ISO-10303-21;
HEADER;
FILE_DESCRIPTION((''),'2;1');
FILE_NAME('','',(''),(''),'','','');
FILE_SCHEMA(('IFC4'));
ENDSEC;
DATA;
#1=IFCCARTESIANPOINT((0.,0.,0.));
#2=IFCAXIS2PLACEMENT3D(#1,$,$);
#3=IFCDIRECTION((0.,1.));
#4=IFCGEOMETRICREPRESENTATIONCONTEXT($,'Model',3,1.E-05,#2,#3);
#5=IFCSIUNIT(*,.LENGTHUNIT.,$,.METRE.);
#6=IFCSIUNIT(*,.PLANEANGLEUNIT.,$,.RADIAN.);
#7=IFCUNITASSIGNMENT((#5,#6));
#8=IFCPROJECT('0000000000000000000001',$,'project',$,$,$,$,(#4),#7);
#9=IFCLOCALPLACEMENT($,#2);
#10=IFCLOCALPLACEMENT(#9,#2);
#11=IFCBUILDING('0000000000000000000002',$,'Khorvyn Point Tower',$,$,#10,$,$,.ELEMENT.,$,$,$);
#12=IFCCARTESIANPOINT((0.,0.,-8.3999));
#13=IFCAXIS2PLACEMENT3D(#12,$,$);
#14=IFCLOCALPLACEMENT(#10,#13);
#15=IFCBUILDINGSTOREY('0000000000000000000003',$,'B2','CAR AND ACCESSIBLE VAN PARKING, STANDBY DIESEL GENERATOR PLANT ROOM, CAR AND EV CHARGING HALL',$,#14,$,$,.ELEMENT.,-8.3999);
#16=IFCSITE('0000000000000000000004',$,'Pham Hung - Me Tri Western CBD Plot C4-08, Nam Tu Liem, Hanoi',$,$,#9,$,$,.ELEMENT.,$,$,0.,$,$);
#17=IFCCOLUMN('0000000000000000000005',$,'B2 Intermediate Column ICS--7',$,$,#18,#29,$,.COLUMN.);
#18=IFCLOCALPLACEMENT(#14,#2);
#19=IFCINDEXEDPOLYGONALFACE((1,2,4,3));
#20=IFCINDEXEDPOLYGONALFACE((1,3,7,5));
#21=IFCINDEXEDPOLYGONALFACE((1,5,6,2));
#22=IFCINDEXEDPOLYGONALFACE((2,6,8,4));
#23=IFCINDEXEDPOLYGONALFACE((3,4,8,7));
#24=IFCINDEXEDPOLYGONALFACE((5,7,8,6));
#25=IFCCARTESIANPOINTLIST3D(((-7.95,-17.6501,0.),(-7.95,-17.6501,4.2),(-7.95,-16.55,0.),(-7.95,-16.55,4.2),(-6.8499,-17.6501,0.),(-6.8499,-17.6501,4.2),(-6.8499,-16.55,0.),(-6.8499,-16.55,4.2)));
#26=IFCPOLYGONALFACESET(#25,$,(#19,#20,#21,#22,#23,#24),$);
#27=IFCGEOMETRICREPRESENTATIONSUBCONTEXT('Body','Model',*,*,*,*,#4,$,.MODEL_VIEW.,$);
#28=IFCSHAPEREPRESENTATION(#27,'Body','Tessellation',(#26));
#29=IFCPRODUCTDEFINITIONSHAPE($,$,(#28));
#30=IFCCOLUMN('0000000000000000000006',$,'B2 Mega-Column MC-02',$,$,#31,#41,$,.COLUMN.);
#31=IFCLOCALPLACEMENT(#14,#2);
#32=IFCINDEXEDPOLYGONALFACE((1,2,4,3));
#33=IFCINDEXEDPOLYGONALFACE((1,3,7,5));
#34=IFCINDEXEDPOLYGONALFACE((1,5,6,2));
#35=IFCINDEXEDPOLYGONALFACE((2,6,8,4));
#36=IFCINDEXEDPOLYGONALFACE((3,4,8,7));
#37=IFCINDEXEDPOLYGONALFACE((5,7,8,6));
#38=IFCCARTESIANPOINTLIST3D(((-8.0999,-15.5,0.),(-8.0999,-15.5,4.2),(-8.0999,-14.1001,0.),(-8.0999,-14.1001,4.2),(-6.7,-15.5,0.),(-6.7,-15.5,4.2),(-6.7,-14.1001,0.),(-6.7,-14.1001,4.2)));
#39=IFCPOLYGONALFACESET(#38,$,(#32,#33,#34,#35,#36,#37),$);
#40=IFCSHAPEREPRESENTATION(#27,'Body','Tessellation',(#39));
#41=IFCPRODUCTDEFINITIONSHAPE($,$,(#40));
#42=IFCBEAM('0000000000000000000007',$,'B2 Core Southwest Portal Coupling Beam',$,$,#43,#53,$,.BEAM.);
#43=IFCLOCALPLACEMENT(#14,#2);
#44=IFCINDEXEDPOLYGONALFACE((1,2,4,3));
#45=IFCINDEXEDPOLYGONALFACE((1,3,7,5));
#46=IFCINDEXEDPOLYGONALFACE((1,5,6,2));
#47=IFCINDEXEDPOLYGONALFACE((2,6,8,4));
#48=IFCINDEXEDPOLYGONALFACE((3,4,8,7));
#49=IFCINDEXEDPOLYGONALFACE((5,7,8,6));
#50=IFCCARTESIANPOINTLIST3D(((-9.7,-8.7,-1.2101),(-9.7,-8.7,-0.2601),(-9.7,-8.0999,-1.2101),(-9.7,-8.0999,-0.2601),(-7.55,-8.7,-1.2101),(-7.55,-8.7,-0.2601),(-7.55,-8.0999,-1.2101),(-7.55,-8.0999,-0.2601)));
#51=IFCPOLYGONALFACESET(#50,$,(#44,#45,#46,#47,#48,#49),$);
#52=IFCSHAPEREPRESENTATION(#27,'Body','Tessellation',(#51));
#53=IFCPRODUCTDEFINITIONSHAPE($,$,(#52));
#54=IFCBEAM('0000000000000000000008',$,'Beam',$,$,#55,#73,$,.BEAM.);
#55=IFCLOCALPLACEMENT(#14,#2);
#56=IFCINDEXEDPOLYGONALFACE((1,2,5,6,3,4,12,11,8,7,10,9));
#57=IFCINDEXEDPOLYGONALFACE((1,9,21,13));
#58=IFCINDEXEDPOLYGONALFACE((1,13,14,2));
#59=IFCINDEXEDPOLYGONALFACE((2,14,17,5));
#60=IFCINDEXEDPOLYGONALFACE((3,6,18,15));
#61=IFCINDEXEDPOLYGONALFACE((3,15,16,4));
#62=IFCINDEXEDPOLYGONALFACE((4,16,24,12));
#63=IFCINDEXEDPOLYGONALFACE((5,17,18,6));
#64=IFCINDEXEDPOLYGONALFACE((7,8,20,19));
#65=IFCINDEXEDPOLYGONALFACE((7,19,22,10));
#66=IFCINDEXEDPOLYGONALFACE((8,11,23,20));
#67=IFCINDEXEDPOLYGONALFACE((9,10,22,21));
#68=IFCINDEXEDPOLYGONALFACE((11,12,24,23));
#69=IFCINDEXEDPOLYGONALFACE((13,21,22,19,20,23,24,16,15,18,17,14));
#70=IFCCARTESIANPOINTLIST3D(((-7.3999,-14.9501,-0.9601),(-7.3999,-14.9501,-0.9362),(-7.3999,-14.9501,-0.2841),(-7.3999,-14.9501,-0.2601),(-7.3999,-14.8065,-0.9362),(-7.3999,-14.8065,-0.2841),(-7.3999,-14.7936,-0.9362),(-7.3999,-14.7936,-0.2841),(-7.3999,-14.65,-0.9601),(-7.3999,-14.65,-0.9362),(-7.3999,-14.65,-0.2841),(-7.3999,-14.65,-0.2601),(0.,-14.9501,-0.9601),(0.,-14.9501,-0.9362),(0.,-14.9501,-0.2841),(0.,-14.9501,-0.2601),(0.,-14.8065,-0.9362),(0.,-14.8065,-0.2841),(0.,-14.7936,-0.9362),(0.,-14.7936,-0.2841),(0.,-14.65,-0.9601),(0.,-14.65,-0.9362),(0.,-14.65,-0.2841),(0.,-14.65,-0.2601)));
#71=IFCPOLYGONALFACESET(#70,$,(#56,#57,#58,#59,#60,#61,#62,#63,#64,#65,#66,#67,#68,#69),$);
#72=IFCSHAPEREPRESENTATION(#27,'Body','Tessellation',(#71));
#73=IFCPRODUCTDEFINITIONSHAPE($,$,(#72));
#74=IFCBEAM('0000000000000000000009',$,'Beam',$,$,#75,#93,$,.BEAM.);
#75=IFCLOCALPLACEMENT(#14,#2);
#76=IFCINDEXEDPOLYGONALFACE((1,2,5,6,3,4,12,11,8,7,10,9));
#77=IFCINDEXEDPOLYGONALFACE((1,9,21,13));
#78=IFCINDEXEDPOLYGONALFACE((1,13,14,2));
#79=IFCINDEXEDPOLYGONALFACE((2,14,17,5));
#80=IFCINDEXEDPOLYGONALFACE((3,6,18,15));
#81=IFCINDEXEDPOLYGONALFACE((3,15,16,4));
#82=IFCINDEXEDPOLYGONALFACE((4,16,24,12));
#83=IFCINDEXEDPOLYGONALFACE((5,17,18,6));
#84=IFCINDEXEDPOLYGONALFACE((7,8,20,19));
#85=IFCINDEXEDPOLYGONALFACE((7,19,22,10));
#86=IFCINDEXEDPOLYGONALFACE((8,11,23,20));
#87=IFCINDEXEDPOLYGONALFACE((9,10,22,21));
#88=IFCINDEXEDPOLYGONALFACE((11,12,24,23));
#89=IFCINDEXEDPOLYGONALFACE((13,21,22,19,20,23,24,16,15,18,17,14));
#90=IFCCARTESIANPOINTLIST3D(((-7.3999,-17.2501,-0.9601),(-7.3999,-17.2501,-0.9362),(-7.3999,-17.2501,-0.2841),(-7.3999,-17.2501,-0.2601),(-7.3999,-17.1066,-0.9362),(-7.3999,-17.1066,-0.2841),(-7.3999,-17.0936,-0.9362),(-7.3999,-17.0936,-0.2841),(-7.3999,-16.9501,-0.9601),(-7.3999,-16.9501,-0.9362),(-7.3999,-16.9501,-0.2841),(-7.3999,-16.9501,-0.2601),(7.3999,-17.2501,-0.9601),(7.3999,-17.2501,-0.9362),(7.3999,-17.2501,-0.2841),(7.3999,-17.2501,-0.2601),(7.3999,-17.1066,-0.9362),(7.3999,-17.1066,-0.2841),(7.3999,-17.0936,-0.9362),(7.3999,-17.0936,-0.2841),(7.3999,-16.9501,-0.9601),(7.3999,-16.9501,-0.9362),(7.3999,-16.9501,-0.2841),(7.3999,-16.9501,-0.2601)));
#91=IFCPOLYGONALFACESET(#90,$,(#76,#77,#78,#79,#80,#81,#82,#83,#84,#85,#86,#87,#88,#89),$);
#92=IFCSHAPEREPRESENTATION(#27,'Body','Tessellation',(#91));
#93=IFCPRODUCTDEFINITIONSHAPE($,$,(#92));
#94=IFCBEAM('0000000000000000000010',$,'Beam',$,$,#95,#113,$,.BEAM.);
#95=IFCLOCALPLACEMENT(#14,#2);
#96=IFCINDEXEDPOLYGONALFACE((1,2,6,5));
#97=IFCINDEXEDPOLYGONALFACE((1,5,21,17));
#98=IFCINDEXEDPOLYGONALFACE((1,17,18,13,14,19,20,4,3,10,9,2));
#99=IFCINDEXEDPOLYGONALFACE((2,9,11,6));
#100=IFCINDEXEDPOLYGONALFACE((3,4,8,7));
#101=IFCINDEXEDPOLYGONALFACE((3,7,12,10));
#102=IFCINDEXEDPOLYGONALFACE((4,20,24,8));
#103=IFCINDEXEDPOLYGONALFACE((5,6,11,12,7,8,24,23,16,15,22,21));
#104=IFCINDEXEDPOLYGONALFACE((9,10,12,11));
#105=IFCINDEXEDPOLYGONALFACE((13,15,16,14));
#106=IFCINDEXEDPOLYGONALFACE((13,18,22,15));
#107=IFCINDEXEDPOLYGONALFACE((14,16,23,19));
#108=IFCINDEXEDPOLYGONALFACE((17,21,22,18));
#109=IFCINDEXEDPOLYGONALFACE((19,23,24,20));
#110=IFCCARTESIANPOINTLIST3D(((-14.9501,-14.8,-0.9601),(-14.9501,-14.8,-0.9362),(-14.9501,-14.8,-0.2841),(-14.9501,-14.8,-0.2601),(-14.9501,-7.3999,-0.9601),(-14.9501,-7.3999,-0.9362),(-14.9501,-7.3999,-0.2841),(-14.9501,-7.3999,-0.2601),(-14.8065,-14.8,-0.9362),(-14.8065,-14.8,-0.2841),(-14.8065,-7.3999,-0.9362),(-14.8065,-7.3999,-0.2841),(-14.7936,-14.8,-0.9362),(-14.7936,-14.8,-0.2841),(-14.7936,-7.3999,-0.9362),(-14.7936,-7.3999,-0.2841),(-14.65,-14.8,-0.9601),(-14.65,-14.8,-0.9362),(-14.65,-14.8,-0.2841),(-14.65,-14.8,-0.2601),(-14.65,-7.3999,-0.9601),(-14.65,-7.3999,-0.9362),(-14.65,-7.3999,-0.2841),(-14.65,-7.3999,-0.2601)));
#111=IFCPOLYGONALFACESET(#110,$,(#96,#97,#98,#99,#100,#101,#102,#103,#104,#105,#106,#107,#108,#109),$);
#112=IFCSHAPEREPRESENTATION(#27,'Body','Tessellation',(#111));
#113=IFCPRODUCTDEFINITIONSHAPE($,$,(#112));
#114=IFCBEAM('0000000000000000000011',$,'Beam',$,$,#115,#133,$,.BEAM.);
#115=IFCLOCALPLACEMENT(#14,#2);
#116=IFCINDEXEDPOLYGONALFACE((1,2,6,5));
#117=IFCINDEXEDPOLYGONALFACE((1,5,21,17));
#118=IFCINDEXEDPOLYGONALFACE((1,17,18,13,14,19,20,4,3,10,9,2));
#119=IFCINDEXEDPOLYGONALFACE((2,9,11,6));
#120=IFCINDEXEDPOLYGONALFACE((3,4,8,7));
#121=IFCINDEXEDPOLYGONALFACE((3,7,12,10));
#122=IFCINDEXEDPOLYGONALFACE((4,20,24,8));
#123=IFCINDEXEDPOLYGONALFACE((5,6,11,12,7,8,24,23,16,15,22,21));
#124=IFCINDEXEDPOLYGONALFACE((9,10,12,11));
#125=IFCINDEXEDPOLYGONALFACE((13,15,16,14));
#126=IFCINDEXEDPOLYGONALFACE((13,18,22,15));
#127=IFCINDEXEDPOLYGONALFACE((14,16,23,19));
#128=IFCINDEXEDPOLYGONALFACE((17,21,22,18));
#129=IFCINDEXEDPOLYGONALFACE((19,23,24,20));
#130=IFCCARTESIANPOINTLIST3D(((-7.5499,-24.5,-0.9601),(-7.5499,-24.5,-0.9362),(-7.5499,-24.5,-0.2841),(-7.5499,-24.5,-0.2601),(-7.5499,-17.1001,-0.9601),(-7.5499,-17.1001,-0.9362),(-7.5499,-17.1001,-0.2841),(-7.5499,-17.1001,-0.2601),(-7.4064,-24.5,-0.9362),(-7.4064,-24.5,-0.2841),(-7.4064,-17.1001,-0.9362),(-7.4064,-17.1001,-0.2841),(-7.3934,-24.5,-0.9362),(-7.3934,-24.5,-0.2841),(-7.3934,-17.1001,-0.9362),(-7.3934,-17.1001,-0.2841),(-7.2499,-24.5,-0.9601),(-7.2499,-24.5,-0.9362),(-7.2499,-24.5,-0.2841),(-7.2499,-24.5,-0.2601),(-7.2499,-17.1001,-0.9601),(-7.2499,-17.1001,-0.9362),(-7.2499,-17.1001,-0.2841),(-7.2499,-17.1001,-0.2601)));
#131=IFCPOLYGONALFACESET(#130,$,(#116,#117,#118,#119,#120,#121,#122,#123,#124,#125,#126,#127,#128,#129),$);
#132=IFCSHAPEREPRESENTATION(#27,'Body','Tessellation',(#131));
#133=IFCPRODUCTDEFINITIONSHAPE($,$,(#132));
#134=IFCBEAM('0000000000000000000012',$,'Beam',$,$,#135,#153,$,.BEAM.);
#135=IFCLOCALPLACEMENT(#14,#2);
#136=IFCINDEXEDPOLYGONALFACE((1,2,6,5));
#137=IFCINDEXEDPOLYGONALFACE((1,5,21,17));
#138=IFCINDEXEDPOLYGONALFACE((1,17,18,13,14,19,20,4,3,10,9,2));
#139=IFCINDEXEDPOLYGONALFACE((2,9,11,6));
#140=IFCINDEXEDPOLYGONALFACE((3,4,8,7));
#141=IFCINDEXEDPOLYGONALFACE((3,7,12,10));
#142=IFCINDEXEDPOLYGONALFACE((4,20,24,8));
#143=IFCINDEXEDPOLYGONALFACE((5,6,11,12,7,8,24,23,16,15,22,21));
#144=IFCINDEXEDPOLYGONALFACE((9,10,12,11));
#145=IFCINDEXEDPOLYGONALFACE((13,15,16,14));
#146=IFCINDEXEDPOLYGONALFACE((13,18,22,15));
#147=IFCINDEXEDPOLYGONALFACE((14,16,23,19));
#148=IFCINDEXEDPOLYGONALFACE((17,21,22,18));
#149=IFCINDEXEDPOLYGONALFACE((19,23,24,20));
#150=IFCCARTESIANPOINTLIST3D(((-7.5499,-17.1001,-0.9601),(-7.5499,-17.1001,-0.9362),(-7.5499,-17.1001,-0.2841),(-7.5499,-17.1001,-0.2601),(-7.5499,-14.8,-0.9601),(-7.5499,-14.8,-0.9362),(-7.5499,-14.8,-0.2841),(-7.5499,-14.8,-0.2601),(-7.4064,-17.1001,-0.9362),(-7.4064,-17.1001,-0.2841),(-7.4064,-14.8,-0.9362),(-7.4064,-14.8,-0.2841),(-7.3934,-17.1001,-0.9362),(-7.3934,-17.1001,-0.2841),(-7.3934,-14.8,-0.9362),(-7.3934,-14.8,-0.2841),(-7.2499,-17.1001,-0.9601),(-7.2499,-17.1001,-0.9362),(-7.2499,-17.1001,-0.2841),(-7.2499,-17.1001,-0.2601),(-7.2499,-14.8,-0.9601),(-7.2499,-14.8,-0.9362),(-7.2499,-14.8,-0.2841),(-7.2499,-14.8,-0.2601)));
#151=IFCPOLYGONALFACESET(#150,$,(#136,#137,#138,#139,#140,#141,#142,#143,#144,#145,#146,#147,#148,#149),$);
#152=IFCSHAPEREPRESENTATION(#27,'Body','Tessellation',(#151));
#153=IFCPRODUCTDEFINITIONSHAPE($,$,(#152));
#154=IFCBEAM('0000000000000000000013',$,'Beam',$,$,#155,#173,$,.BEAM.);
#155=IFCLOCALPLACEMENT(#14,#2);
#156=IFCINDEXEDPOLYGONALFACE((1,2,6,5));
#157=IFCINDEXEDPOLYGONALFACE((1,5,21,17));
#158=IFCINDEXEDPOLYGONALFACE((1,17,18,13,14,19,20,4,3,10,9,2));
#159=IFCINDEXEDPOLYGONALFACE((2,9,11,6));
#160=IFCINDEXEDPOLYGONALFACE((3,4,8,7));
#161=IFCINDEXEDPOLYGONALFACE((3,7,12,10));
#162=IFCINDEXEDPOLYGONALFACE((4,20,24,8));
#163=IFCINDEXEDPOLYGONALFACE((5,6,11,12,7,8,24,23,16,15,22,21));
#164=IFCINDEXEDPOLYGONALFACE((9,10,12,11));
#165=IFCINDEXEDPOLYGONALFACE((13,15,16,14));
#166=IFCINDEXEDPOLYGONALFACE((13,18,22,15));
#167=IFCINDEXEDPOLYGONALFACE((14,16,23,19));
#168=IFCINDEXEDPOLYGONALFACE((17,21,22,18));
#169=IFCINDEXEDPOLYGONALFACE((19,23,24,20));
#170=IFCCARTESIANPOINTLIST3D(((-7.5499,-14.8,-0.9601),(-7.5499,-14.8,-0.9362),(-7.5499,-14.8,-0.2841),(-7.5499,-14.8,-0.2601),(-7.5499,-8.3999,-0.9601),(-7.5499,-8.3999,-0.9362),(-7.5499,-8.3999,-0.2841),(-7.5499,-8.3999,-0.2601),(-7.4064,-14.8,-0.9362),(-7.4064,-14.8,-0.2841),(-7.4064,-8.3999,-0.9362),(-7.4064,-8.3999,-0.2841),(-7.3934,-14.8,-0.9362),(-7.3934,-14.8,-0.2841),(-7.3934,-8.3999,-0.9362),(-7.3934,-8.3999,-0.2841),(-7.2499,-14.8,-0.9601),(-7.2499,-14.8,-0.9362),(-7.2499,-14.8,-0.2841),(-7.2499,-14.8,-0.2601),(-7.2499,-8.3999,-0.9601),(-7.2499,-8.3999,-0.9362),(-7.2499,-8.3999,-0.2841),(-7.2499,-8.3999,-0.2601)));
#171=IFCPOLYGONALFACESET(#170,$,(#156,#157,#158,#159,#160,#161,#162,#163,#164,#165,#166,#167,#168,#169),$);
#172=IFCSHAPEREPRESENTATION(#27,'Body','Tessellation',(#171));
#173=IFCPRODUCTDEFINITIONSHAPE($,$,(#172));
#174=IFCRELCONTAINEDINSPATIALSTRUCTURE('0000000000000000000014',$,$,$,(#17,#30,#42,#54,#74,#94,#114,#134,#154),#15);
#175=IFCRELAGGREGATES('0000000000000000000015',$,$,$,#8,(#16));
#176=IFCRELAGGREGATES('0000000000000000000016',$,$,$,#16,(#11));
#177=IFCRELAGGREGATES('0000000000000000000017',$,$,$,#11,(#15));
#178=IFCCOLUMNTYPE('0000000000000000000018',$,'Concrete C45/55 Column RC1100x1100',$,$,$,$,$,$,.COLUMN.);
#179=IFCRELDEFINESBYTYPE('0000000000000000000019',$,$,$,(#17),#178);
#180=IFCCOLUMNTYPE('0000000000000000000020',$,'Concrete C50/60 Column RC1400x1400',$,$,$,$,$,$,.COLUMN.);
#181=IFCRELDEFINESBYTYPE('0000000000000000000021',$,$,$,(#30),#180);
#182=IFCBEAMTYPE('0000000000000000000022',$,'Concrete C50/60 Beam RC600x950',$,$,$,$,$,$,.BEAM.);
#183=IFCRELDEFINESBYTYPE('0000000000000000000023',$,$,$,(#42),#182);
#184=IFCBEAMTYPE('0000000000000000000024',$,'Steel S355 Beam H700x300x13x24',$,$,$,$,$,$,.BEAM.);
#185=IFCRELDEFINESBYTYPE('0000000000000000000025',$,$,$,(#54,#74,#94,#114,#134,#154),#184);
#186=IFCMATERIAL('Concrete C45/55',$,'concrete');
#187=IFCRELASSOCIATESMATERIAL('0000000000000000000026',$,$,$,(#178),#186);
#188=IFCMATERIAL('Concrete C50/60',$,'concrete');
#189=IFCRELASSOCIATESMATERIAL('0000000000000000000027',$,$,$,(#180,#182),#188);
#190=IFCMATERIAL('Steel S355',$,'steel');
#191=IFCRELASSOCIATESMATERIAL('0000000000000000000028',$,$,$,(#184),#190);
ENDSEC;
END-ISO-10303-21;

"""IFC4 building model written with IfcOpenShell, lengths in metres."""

from ifc_helpers import new_model, si_unit, direction, frame, origin, origin_2d, place, context, subcontext, project, spatial, rectangle, i_section, extrude, material, material_profile, profile_set, type_object, element, save


model = new_model("IFC4")

# Units and contexts
model_context = context("Model", 3, precision=1e-05, world=origin(), true_north=direction((0.0, 1.0)))
body_context = subcontext(model_context, "Body", "Model", "MODEL_VIEW")
ifc_project = project(units=[si_unit("LENGTHUNIT", "METRE"), si_unit("PLANEANGLEUNIT", "RADIAN")], contexts=[model_context])

# Site, building, storey
site_placement = place(None, origin())
site = spatial("IfcSite", under=ifc_project, at=site_placement, Name="Pham Hung - Me Tri Western CBD Plot C4-08, Nam Tu Liem, Hanoi", CompositionType="ELEMENT", RefElevation=0.0)
building_placement = place(site_placement, origin())
building = spatial("IfcBuilding", under=site, at=building_placement, Name="Khorvyn Point Tower", CompositionType="ELEMENT")
storey_placement = place(building_placement, frame((0.0, 0.0, -8.3999)))
storey = spatial("IfcBuildingStorey", under=building, at=storey_placement, Name="B2", Description="CAR AND ACCESSIBLE VAN PARKING, STANDBY DIESEL GENERATOR PLANT ROOM, CAR AND EV CHARGING HALL", CompositionType="ELEMENT", Elevation=-8.3999)

# Columns
ifc_material_1 = material(Name="Concrete C45/55", Category="concrete")
ifc_material_profile_1 = material_profile(ifc_material_1, rectangle(XDim=1.1001, YDim=1.1001, at=origin_2d()))
ifc_profile_set_1 = profile_set([ifc_material_profile_1], Name="Concrete C45/55 RC1100x1100")
column_type_1 = type_object("IfcColumnType", Name="Concrete C45/55 Column RC1100x1100", PredefinedType="COLUMN", material=ifc_profile_set_1)
column_1_placement = place(storey_placement, frame((-7.3999, -17.1001, 0.0), z_axis=(0.0, 0.0, 1.0), x_axis=(1.0, 0.0, 0.0)))
element("IfcColumn", 1, at=column_1_placement, inside=storey, type_object=column_type_1, Name="B2 Intermediate Column ICS--7", PredefinedType="COLUMN", context=body_context, shape_type="SweptSolid", body=[
    extrude(rectangle(XDim=1.1001, YDim=1.1001, at=origin_2d()), origin(), (0.0, 0.0, 1.0), 4.2),
])
ifc_material_2 = material(Name="Concrete C50/60", Category="concrete")
ifc_material_profile_2 = material_profile(ifc_material_2, rectangle(XDim=1.3999, YDim=1.3999, at=origin_2d()))
ifc_profile_set_2 = profile_set([ifc_material_profile_2], Name="Concrete C50/60 RC1400x1400")
column_type_2 = type_object("IfcColumnType", Name="Concrete C50/60 Column RC1400x1400", PredefinedType="COLUMN", material=ifc_profile_set_2)
column_2_placement = place(storey_placement, frame((-7.3999, -14.8, 0.0), z_axis=(0.0, 0.0, 1.0), x_axis=(1.0, 0.0, 0.0)))
element("IfcColumn", 2, at=column_2_placement, inside=storey, type_object=column_type_2, Name="B2 Mega-Column MC-02", PredefinedType="COLUMN", context=body_context, shape_type="SweptSolid", body=[
    extrude(rectangle(XDim=1.3999, YDim=1.3999, at=origin_2d()), origin(), (0.0, 0.0, 1.0), 4.2),
])

# Beams
ifc_material_profile_3 = material_profile(ifc_material_2, rectangle(XDim=0.6001, YDim=0.95, at=origin_2d()))
ifc_profile_set_3 = profile_set([ifc_material_profile_3], Name="Concrete C50/60 RC600x950")
beam_type_1 = type_object("IfcBeamType", Name="Concrete C50/60 Beam RC600x950", PredefinedType="BEAM", material=ifc_profile_set_3)
beam_1_placement = place(storey_placement, frame((-9.7, -8.3999, -0.7351), z_axis=(1.0, 0.0, 0.0), x_axis=(0.0, 1.0, 0.0)))
element("IfcBeam", 3, at=beam_1_placement, inside=storey, type_object=beam_type_1, Name="B2 Core Southwest Portal Coupling Beam", PredefinedType="BEAM", context=body_context, shape_type="SweptSolid", body=[
    extrude(rectangle(XDim=0.6001, YDim=0.95, at=origin_2d()), origin(), (0.0, 0.0, 1.0), 2.1499),
])
ifc_material_3 = material(Name="Steel S355", Category="steel")
ifc_material_profile_4 = material_profile(ifc_material_3, i_section(OverallWidth=0.3, OverallDepth=0.7, WebThickness=0.0129, FlangeThickness=0.0239, at=origin_2d()))
ifc_profile_set_4 = profile_set([ifc_material_profile_4], Name="Steel S355 H700x300x13x24")
beam_type_2 = type_object("IfcBeamType", Name="Steel S355 Beam H700x300x13x24", PredefinedType="BEAM", material=ifc_profile_set_4)
beam_2_placement = place(storey_placement, frame((-7.3999, -14.8, -0.6101), z_axis=(1.0, 0.0, 0.0), x_axis=(0.0, 1.0, 0.0)))
element("IfcBeam", 4, at=beam_2_placement, inside=storey, type_object=beam_type_2, Name="Beam", PredefinedType="BEAM", context=body_context, shape_type="SweptSolid", body=[
    extrude(i_section(OverallWidth=0.3, OverallDepth=0.7, WebThickness=0.0129, FlangeThickness=0.0239, at=origin_2d()), origin(), (0.0, 0.0, 1.0), 7.3999),
])
beam_3_placement = place(storey_placement, frame((-7.3999, -17.1001, -0.6101), z_axis=(1.0, 0.0, 0.0), x_axis=(0.0, 1.0, 0.0)))
element("IfcBeam", 5, at=beam_3_placement, inside=storey, type_object=beam_type_2, Name="Beam", PredefinedType="BEAM", context=body_context, shape_type="SweptSolid", body=[
    extrude(i_section(OverallWidth=0.3, OverallDepth=0.7, WebThickness=0.0129, FlangeThickness=0.0239, at=origin_2d()), origin(), (0.0, 0.0, 1.0), 14.7998),
])
beam_4_placement = place(storey_placement, frame((-14.8, -14.8, -0.6101), z_axis=(0.0, 1.0, 0.0), x_axis=(-1.0, 0.0, 0.0)))
element("IfcBeam", 6, at=beam_4_placement, inside=storey, type_object=beam_type_2, Name="Beam", PredefinedType="BEAM", context=body_context, shape_type="SweptSolid", body=[
    extrude(i_section(OverallWidth=0.3, OverallDepth=0.7, WebThickness=0.0129, FlangeThickness=0.0239, at=origin_2d()), origin(), (0.0, 0.0, 1.0), 7.4001),
])
beam_5_placement = place(storey_placement, frame((-7.3999, -24.5, -0.6101), z_axis=(0.0, 1.0, 0.0), x_axis=(-1.0, 0.0, 0.0)))
element("IfcBeam", 7, at=beam_5_placement, inside=storey, type_object=beam_type_2, Name="Beam", PredefinedType="BEAM", context=body_context, shape_type="SweptSolid", body=[
    extrude(i_section(OverallWidth=0.3, OverallDepth=0.7, WebThickness=0.0129, FlangeThickness=0.0239, at=origin_2d()), origin(), (0.0, 0.0, 1.0), 7.3999),
])
beam_6_placement = place(storey_placement, frame((-7.3999, -17.1001, -0.6101), z_axis=(0.0, 1.0, 0.0), x_axis=(-1.0, 0.0, 0.0)))
element("IfcBeam", 8, at=beam_6_placement, inside=storey, type_object=beam_type_2, Name="Beam", PredefinedType="BEAM", context=body_context, shape_type="SweptSolid", body=[
    extrude(i_section(OverallWidth=0.3, OverallDepth=0.7, WebThickness=0.0129, FlangeThickness=0.0239, at=origin_2d()), origin(), (0.0, 0.0, 1.0), 2.3),
])
beam_7_placement = place(storey_placement, frame((-7.3999, -14.8, -0.6101), z_axis=(0.0, 1.0, 0.0), x_axis=(-1.0, 0.0, 0.0)))
element("IfcBeam", 9, at=beam_7_placement, inside=storey, type_object=beam_type_2, Name="Beam", PredefinedType="BEAM", context=body_context, shape_type="SweptSolid", body=[
    extrude(i_section(OverallWidth=0.3, OverallDepth=0.7, WebThickness=0.0129, FlangeThickness=0.0239, at=origin_2d()), origin(), (0.0, 0.0, 1.0), 6.4001),
])

save(model, "model.ifc")
